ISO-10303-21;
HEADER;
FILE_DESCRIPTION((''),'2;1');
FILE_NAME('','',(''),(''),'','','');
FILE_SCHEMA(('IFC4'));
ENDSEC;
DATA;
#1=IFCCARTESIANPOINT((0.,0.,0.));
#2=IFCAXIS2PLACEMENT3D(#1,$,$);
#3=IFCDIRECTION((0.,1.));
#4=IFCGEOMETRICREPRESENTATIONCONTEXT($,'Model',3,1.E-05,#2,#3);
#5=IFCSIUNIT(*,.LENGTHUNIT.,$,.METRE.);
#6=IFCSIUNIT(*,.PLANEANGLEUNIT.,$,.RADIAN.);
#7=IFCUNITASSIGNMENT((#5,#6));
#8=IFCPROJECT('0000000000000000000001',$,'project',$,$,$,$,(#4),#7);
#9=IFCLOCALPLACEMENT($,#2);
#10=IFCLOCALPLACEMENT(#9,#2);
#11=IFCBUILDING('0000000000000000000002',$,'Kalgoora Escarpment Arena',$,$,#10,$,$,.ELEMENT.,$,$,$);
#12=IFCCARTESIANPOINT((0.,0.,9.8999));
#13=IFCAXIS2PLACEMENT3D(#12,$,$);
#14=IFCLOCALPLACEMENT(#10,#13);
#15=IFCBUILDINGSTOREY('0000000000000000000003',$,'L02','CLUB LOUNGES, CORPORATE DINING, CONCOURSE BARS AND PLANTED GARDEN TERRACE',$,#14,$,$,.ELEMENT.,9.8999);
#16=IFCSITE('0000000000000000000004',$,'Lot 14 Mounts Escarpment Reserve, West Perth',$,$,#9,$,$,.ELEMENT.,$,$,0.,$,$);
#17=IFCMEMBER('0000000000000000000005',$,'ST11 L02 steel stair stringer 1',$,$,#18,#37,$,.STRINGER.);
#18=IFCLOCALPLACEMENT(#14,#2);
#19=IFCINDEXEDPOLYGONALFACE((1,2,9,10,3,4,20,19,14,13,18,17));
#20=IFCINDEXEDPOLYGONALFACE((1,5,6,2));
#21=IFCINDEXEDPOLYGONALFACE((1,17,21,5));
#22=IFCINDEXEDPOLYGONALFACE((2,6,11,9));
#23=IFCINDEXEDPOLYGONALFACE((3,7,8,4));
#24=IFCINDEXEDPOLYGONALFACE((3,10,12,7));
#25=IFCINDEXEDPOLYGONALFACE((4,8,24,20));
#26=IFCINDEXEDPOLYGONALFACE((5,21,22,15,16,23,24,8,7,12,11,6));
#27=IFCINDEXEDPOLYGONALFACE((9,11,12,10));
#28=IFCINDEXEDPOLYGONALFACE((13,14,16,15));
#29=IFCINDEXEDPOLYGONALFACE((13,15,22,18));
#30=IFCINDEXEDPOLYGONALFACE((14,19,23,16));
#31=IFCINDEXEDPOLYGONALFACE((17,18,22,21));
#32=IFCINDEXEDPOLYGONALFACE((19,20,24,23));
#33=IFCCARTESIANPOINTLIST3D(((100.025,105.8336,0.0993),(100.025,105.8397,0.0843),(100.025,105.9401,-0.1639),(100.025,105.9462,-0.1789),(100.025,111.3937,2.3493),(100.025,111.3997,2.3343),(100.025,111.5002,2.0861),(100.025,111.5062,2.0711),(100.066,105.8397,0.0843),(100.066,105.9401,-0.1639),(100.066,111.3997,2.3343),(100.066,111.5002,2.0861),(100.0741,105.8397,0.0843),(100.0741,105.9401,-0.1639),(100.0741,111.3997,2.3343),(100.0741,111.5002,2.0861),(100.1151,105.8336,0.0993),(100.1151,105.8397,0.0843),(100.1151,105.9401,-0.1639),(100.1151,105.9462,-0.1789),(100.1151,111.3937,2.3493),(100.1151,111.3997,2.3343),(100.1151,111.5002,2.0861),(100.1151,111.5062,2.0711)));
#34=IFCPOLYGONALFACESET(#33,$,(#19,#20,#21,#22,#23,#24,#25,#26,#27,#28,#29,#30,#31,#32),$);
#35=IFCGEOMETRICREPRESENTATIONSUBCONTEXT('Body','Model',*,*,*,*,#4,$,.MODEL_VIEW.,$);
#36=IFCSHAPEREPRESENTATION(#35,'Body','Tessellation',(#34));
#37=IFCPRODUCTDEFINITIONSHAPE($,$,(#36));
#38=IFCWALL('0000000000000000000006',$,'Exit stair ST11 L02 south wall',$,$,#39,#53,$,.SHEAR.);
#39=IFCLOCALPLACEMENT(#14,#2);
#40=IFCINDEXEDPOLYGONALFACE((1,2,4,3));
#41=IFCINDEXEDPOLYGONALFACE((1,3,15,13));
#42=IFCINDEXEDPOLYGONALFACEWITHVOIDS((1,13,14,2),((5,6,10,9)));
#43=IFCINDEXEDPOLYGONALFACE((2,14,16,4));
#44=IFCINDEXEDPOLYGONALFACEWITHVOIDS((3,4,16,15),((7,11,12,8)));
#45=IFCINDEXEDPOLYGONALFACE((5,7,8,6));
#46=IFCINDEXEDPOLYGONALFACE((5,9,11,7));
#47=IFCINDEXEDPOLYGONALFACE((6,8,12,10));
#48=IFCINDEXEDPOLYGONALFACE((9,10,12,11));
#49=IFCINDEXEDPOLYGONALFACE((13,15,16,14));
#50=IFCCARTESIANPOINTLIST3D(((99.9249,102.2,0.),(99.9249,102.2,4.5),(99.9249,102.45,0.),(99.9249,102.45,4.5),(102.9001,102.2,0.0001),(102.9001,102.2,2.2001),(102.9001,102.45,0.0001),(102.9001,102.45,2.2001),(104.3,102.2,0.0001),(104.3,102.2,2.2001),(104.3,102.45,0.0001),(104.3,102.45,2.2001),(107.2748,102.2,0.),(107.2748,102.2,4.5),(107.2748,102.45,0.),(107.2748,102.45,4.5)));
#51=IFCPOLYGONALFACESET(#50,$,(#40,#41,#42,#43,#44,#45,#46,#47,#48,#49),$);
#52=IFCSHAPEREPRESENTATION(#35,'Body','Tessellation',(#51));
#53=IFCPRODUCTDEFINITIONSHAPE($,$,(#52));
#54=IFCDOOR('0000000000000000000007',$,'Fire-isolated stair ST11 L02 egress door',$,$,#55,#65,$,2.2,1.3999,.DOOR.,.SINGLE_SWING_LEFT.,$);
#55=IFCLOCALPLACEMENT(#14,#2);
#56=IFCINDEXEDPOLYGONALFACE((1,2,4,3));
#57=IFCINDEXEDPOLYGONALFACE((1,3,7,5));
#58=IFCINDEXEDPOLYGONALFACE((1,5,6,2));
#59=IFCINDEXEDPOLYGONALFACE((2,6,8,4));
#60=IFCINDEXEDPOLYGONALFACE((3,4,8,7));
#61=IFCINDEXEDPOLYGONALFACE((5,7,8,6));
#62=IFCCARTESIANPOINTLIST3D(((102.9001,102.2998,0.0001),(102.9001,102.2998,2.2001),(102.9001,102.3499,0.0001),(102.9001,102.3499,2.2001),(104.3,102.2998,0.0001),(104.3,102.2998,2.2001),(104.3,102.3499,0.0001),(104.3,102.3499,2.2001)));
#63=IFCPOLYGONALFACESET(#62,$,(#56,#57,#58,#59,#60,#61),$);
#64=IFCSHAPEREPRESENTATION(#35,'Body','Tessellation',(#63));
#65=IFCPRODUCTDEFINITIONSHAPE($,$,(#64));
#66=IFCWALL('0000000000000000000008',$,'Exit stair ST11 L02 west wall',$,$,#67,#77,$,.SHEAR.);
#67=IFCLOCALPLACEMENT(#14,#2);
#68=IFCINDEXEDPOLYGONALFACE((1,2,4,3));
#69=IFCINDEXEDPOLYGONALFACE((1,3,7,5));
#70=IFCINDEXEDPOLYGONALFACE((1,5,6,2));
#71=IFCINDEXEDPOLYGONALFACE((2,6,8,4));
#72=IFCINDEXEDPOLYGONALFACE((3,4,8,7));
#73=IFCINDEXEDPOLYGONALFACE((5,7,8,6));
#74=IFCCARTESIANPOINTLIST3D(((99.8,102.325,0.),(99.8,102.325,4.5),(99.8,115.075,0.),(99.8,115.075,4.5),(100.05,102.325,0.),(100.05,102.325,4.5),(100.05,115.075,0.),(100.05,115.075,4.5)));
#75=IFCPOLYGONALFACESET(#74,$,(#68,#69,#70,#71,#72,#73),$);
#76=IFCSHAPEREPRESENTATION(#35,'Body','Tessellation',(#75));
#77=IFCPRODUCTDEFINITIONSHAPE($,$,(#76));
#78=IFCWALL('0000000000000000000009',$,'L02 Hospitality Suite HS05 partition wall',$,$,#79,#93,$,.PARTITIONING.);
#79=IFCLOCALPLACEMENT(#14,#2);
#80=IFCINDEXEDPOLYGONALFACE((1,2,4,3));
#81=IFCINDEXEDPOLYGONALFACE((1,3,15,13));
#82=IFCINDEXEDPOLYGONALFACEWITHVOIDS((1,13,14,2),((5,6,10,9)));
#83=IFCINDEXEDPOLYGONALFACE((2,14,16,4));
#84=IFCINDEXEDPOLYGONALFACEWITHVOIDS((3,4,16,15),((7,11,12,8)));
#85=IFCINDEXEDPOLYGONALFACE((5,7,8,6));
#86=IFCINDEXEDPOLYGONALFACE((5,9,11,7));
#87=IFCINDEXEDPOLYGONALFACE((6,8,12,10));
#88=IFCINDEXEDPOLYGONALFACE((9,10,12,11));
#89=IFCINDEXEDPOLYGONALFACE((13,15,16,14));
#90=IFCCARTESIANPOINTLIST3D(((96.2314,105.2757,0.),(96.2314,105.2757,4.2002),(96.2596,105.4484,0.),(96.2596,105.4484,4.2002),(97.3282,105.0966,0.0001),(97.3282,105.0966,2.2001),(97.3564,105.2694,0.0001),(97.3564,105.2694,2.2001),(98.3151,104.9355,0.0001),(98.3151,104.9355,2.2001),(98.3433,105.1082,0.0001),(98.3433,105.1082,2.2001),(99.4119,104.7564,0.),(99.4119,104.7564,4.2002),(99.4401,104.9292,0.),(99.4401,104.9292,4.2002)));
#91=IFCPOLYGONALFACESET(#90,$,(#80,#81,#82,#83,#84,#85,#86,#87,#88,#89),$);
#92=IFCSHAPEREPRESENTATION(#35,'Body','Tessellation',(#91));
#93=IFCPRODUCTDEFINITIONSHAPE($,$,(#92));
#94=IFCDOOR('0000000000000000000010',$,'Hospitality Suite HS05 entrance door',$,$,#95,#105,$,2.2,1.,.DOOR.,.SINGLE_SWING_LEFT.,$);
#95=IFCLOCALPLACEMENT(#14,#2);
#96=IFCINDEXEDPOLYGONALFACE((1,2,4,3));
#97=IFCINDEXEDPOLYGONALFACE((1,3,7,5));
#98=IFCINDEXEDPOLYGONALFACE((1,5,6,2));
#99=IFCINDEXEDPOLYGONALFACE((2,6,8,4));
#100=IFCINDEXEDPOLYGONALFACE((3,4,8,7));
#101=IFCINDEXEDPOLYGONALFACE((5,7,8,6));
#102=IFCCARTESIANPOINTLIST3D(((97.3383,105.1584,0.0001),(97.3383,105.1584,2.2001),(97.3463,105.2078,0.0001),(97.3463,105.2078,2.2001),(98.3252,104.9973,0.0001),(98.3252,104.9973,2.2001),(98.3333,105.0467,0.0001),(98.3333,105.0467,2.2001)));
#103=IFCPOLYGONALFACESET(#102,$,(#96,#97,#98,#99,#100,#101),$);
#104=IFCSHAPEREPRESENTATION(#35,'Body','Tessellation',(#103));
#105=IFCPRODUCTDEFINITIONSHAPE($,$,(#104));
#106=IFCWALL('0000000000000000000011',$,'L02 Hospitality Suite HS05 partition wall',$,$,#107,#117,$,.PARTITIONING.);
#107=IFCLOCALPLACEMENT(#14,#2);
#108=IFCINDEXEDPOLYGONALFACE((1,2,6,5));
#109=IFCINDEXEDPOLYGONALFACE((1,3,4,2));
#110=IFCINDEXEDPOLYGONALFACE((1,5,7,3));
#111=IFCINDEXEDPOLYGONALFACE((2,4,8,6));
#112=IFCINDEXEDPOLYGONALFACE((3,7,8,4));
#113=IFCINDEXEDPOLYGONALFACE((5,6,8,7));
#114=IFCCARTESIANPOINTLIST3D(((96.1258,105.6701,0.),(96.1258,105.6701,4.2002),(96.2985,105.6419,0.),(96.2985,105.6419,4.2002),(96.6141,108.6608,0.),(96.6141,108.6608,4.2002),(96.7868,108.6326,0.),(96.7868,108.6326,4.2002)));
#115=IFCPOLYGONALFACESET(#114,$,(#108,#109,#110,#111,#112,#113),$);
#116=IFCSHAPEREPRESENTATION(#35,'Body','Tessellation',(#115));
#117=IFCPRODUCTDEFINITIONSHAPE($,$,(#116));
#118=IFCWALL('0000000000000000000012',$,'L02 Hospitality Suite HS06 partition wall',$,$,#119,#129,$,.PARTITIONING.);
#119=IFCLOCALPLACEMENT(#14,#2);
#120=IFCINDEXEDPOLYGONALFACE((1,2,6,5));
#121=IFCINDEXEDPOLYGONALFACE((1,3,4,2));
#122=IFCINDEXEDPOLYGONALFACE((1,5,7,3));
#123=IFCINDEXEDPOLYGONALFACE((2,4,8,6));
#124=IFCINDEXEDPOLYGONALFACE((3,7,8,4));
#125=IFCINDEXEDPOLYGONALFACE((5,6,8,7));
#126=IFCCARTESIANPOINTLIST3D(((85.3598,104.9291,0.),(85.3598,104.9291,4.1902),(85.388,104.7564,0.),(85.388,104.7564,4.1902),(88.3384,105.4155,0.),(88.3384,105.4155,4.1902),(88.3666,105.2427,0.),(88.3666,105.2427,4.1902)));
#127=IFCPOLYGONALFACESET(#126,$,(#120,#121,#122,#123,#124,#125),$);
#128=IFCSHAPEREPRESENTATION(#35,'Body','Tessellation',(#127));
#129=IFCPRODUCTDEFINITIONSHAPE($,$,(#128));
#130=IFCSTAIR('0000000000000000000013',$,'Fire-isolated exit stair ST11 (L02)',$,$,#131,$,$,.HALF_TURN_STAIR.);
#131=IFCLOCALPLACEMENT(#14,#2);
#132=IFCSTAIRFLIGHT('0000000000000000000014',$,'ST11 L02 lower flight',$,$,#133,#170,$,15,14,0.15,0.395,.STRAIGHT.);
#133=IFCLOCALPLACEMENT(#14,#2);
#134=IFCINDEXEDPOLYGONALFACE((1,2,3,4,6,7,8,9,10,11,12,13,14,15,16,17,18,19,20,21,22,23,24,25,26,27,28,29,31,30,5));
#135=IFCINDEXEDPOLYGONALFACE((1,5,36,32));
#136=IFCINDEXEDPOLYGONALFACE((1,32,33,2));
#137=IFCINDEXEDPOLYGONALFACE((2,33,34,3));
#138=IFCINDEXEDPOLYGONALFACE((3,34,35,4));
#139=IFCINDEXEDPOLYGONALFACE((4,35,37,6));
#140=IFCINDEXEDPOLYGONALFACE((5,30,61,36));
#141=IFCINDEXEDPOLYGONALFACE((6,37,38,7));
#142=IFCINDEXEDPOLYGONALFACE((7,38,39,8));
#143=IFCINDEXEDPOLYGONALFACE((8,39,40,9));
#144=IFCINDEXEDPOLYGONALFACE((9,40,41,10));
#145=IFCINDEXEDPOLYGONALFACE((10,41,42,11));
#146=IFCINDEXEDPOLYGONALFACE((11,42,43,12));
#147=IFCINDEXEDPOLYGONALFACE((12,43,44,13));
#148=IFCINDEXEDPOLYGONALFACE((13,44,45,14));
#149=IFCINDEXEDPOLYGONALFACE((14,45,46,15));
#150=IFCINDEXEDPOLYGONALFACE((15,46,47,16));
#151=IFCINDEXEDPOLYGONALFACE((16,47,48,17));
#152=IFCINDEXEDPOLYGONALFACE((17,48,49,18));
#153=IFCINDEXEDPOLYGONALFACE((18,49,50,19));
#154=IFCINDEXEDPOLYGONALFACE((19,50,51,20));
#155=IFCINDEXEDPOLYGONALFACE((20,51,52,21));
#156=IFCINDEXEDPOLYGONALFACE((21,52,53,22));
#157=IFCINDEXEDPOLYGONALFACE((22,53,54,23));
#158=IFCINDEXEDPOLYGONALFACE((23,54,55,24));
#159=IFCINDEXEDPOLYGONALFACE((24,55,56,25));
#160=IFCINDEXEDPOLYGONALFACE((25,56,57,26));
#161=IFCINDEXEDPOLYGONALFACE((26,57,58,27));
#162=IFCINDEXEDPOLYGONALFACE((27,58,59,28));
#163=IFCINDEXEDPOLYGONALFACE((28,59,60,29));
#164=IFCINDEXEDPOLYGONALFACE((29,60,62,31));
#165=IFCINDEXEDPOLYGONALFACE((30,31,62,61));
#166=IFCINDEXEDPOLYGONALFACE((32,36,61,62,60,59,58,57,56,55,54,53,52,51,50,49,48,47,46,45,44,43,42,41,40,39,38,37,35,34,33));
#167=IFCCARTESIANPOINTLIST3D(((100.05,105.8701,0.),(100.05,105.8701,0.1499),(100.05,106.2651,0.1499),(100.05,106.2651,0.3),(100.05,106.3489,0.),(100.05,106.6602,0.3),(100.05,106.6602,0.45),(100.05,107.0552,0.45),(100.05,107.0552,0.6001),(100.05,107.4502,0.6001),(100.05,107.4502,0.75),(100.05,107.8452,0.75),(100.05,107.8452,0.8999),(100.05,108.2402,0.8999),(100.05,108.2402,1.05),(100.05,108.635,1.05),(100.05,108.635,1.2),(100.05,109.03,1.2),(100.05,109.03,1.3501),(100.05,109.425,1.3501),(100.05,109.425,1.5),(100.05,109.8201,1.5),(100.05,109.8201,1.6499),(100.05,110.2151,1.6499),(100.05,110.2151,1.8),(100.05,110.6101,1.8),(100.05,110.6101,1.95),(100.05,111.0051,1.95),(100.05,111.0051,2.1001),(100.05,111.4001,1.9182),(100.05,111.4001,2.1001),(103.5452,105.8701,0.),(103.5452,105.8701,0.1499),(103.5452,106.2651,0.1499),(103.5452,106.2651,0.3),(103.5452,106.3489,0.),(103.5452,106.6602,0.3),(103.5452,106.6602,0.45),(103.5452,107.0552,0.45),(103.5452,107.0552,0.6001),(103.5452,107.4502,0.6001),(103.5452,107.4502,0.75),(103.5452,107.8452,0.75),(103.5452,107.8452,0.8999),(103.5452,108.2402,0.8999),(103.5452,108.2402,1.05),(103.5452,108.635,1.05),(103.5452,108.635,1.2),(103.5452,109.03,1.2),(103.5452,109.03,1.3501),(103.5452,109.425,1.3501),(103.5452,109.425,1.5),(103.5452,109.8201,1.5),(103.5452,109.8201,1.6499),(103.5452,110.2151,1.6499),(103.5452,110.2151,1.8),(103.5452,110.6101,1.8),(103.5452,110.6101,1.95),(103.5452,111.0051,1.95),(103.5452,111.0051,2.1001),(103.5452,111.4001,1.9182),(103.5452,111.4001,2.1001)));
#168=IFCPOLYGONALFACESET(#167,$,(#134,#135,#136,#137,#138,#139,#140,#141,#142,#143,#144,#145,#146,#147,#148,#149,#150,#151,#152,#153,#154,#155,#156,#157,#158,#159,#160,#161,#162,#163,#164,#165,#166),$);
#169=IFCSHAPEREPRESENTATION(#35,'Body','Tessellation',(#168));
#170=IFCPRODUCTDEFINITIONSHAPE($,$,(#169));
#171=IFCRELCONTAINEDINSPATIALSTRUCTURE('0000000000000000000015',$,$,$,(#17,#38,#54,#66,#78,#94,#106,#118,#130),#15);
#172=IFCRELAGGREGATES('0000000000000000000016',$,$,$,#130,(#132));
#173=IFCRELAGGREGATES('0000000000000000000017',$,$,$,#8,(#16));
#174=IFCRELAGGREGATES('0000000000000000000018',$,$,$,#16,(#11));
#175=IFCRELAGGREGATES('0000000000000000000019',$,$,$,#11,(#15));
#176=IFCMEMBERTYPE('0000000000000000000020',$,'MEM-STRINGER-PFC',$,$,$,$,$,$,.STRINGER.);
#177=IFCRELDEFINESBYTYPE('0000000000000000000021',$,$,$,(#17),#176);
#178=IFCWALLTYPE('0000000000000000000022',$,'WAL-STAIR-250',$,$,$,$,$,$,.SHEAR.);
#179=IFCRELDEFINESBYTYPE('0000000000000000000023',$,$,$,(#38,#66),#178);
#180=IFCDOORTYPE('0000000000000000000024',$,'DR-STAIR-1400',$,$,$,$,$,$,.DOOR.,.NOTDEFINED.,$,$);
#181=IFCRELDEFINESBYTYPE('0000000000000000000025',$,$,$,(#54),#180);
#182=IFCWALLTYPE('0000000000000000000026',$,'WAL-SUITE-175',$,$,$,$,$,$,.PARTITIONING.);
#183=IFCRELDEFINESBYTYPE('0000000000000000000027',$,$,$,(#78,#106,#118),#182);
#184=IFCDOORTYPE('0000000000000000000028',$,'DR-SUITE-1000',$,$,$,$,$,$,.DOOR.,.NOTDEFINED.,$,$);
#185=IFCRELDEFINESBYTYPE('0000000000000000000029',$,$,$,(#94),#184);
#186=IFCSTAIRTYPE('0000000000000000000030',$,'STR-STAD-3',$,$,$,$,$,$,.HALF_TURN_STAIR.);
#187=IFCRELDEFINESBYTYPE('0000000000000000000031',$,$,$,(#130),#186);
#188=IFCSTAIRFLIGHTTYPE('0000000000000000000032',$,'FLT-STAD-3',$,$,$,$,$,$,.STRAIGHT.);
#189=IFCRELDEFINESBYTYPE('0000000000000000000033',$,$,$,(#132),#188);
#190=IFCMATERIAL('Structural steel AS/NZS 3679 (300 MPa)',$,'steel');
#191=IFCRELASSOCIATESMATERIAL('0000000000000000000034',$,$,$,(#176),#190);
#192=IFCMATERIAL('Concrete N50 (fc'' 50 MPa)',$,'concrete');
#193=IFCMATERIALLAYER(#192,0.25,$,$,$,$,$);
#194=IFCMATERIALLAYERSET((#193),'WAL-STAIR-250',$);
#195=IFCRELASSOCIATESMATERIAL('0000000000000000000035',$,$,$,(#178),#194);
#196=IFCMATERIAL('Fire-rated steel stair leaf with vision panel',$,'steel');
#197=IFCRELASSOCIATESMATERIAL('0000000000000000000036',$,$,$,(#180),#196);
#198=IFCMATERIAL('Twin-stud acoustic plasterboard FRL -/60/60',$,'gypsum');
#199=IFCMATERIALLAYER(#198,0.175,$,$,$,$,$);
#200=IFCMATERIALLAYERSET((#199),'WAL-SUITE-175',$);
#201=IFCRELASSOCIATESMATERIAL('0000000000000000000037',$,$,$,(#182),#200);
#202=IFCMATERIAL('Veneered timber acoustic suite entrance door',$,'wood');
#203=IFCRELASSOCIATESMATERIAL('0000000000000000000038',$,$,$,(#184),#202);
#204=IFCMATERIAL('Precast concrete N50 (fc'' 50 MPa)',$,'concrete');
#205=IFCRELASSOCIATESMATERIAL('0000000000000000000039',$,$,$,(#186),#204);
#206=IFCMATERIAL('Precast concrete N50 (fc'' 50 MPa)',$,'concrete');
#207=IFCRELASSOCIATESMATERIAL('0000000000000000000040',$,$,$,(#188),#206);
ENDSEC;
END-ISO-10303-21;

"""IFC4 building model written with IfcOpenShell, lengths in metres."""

from ifc_helpers import new_model, si_unit, direction, frame, frame_2d, origin, origin_2d, place, context, subcontext, project, spatial, polyline, rectangle, i_section, outline, extrude, material, layer, layer_set, material_profile, profile_set, type_object, element, fill, aggregate, save


model = new_model("IFC4")

# Units and contexts
model_context = context("Model", 3, precision=1e-05, world=origin(), true_north=direction((0.0, 1.0)))
body_context = subcontext(model_context, "Body", "Model", "MODEL_VIEW")
ifc_project = project(units=[si_unit("LENGTHUNIT", "METRE"), si_unit("PLANEANGLEUNIT", "RADIAN")], contexts=[model_context])

# Site, building, storey
site_placement = place(None, origin())
site = spatial("IfcSite", under=ifc_project, at=site_placement, Name="Lot 14 Mounts Escarpment Reserve, West Perth", CompositionType="ELEMENT", RefElevation=0.0)
building_placement = place(site_placement, origin())
building = spatial("IfcBuilding", under=site, at=building_placement, Name="Kalgoora Escarpment Arena", CompositionType="ELEMENT")
storey_placement = place(building_placement, frame((0.0, 0.0, 9.8999)))
storey = spatial("IfcBuildingStorey", under=building, at=storey_placement, Name="L02", Description="CLUB LOUNGES, CORPORATE DINING, CONCOURSE BARS AND PLANTED GARDEN TERRACE", CompositionType="ELEMENT", Elevation=9.8999)

# Member
ifc_material_1 = material(Name="Structural steel AS/NZS 3679 (300 MPa)", Category="steel")
ifc_material_profile_1 = material_profile(ifc_material_1, i_section(OverallWidth=0.0901, OverallDepth=0.3, WebThickness=0.0081, FlangeThickness=0.0161, at=origin_2d()))
ifc_profile_set_1 = profile_set([ifc_material_profile_1], Name="Structural steel AS/NZS 3679 (300 MPa)")
member_type = type_object("IfcMemberType", Name="MEM-STRINGER-PFC", PredefinedType="STRINGER", material=ifc_profile_set_1)
member_placement = place(storey_placement, frame((100.0701, 105.8899, -0.0398), z_axis=(0.0, 0.926976, 0.375121), x_axis=(-1.0, 0.0, 0.0)))
element("IfcMember", 1, at=member_placement, inside=storey, type_object=member_type, Name="ST11 L02 steel stair stringer 1", PredefinedType="STRINGER", context=body_context, shape_type="SweptSolid", body=[
    extrude(i_section(OverallWidth=0.0901, OverallDepth=0.3, WebThickness=0.0081, FlangeThickness=0.0161, at=origin_2d()), origin(), (0.0, 0.0, 1.0), 5.998),
])

# Wall, opening, door
ifc_material_2 = material(Name="Concrete N50 (fc' 50 MPa)", Category="concrete")
ifc_layer_1 = layer(ifc_material_2, 0.25)
ifc_layer_set_1 = layer_set([ifc_layer_1], Name="WAL-STAIR-250")
wall_type_1 = type_object("IfcWallType", Name="WAL-STAIR-250", PredefinedType="SHEAR", material=ifc_layer_set_1)
wall_1_placement = place(storey_placement, frame((99.925, 102.325, 0.0), z_axis=(0.0, 0.0, 1.0), x_axis=(1.0, 0.0, 0.0)))
wall_1 = element("IfcWall", 2, at=wall_1_placement, inside=storey, type_object=wall_type_1, Name="Exit stair ST11 L02 south wall", PredefinedType="SHEAR", context=body_context, shape_type="SweptSolid", body=[
    extrude(rectangle(XDim=7.3499, YDim=0.25, at=frame_2d((3.6748, 0.0))), origin(), (0.0, 0.0, 1.0), 4.5),
])
opening_1_placement = place(wall_1_placement, frame((2.9751, 0.0, 0.0)))
opening_1 = element("IfcOpeningElement", 3, at=opening_1_placement, cuts=wall_1, PredefinedType="OPENING", context=body_context, shape_type="SweptSolid", body=[
    extrude(rectangle(XDim=1.3999, YDim=2.2, at=frame_2d((0.7, 1.1001))), frame((0.0, 0.135, 0.0), z_axis=(0.0, -1.0, 0.0), x_axis=(1.0, 0.0, 0.0)), (0.0, 0.0, 1.0), 0.27),
])
ifc_material_3 = material(Name="Fire-rated steel stair leaf with vision panel", Category="steel")
door_type_1 = type_object("IfcDoorType", Name="DR-STAIR-1400", OperationType="NOTDEFINED", PredefinedType="DOOR", material=ifc_material_3)
door_1_placement = place(opening_1_placement, origin())
door_1 = element("IfcDoor", 4, at=door_1_placement, inside=storey, type_object=door_type_1, Name="Fire-isolated stair ST11 L02 egress door", OperationType="SINGLE_SWING_LEFT", OverallHeight=2.2, OverallWidth=1.3999, PredefinedType="DOOR", context=body_context, shape_type="SweptSolid", body=[
    extrude(rectangle(XDim=1.3999, YDim=2.2, at=frame_2d((0.7, 1.1001))), frame((0.0, 0.0249, 0.0), z_axis=(0.0, -1.0, 0.0), x_axis=(1.0, 0.0, 0.0)), (0.0, 0.0, 1.0), 0.05),
])
fill(opening_1, door_1)

# Wall
wall_2_placement = place(storey_placement, frame((99.925, 102.325, 0.0), z_axis=(0.0, 0.0, 1.0), x_axis=(0.0, 1.0, 0.0)))
element("IfcWall", 5, at=wall_2_placement, inside=storey, type_object=wall_type_1, Name="Exit stair ST11 L02 west wall", PredefinedType="SHEAR", context=body_context, shape_type="SweptSolid", body=[
    extrude(rectangle(XDim=12.75, YDim=0.25, at=frame_2d((6.375, 0.0))), origin(), (0.0, 0.0, 1.0), 4.5),
])

# Wall, opening, door
ifc_material_4 = material(Name="Twin-stud acoustic plasterboard FRL -/60/60", Category="gypsum")
ifc_layer_2 = layer(ifc_material_4, 0.175)
ifc_layer_set_2 = layer_set([ifc_layer_2], Name="WAL-SUITE-175")
wall_type_2 = type_object("IfcWallType", Name="WAL-SUITE-175", PredefinedType="PARTITIONING", material=ifc_layer_set_2)
wall_3_placement = place(storey_placement, frame((99.426, 104.8428, 0.0), z_axis=(0.0, 0.0, 1.0), x_axis=(-0.986933, 0.16113, 0.0)))
wall_3 = element("IfcWall", 6, at=wall_3_placement, inside=storey, type_object=wall_type_2, Name="L02 Hospitality Suite HS05 partition wall", PredefinedType="PARTITIONING", context=body_context, shape_type="SweptSolid", body=[
    extrude(rectangle(XDim=3.2227, YDim=0.175, at=frame_2d((1.6113, 0.0))), origin(), (0.0, 0.0, 1.0), 4.2002),
])
opening_2_placement = place(wall_3_placement, frame((1.1113, 0.0, 0.0)))
opening_2 = element("IfcOpeningElement", 7, at=opening_2_placement, cuts=wall_3, PredefinedType="OPENING", context=body_context, shape_type="SweptSolid", body=[
    extrude(rectangle(XDim=1.0, YDim=2.2, at=frame_2d((0.5, 1.1001))), frame((0.0, 0.0974, 0.0), z_axis=(0.0, -1.0, 0.0), x_axis=(1.0, 0.0, 0.0)), (0.0, 0.0, 1.0), 0.1951),
])
ifc_material_5 = material(Name="Veneered timber acoustic suite entrance door", Category="wood")
door_type_2 = type_object("IfcDoorType", Name="DR-SUITE-1000", OperationType="NOTDEFINED", PredefinedType="DOOR", material=ifc_material_5)
door_2_placement = place(opening_2_placement, origin())
door_2 = element("IfcDoor", 8, at=door_2_placement, inside=storey, type_object=door_type_2, Name="Hospitality Suite HS05 entrance door", OperationType="SINGLE_SWING_LEFT", OverallHeight=2.2, OverallWidth=1.0, PredefinedType="DOOR", context=body_context, shape_type="SweptSolid", body=[
    extrude(rectangle(XDim=1.0, YDim=2.2, at=frame_2d((0.5, 1.1001))), frame((0.0, 0.0249, 0.0), z_axis=(0.0, -1.0, 0.0), x_axis=(1.0, 0.0, 0.0)), (0.0, 0.0, 1.0), 0.05),
])
fill(opening_2, door_2)

# Walls
wall_4_placement = place(storey_placement, frame((96.2122, 105.656, 0.0), z_axis=(0.0, 0.0, 1.0), x_axis=(0.161132, 0.986933, 0.0)))
element("IfcWall", 9, at=wall_4_placement, inside=storey, type_object=wall_type_2, Name="L02 Hospitality Suite HS05 partition wall", PredefinedType="PARTITIONING", context=body_context, shape_type="SweptSolid", body=[
    extrude(rectangle(XDim=3.0303, YDim=0.175, at=frame_2d((1.5151, 0.0))), origin(), (0.0, 0.0, 1.0), 4.2002),
])
wall_5_placement = place(storey_placement, frame((88.3525, 105.3291, 0.0), z_axis=(0.0, 0.0, 1.0), x_axis=(-0.986931, -0.161145, 0.0)))
element("IfcWall", 10, at=wall_5_placement, inside=storey, type_object=wall_type_2, Name="L02 Hospitality Suite HS06 partition wall", PredefinedType="PARTITIONING", context=body_context, shape_type="SweptSolid", body=[
    extrude(rectangle(XDim=3.0181, YDim=0.175, at=frame_2d((1.509, 0.0))), origin(), (0.0, 0.0, 1.0), 4.1902),
])

# Stair, stair flight
ifc_material_6 = material(Name="Precast concrete N50 (fc' 50 MPa)", Category="concrete")
stair_type = type_object("IfcStairType", Name="STR-STAD-3", PredefinedType="HALF_TURN_STAIR", material=ifc_material_6)
stair_placement = place(storey_placement, origin())
stair = element("IfcStair", 11, at=stair_placement, inside=storey, type_object=stair_type, Name="Fire-isolated exit stair ST11 (L02)", PredefinedType="HALF_TURN_STAIR")
ifc_material_7 = material(Name="Precast concrete N50 (fc' 50 MPa)", Category="concrete")
stair_flight_type = type_object("IfcStairFlightType", Name="FLT-STAD-3", PredefinedType="STRAIGHT", material=ifc_material_7)
stair_flight_placement = place(storey_placement, frame((101.7976, 105.8701, 0.0), z_axis=(0.0, 0.0, 1.0), x_axis=(0.0, 1.0, 0.0)))
stair_flight = element("IfcStairFlight", 12, at=stair_flight_placement, type_object=stair_flight_type, Name="ST11 L02 lower flight", NumberOfRisers=15, NumberOfTreads=14, PredefinedType="STRAIGHT", RiserHeight=0.15, TreadLength=0.395, context=body_context, shape_type="SweptSolid", body=[
    extrude(outline(polyline([(0.0, 0.0), (0.0, 0.1499), (0.395, 0.1499), (0.395, 0.3), (0.79, 0.3), (0.79, 0.45), (1.1851, 0.45), (1.1851, 0.6001), (1.5801, 0.6001), (1.5801, 0.75), (1.9751, 0.75), (1.9751, 0.8999), (2.3701, 0.8999), (2.3701, 1.05), (2.7649, 1.05), (2.7649, 1.2), (3.1599, 1.2), (3.1599, 1.3501), (3.5549, 1.3501), (3.5549, 1.5), (3.95, 1.5), (3.95, 1.6499), (4.345, 1.6499), (4.345, 1.8), (4.74, 1.8), (4.74, 1.95), (5.135, 1.95), (5.135, 2.1001), (5.53, 2.1001), (5.53, 2.25), (5.53, 1.9182), (0.4788, 0.0), (0.0, 0.0)])), frame((0.0, 1.7476, 0.0), z_axis=(0.0, -1.0, 0.0), x_axis=(1.0, 0.0, 0.0)), (0.0, 0.0, 1.0), 3.4951),
])
aggregate(stair, [stair_flight])

save(model, "model.ifc")
